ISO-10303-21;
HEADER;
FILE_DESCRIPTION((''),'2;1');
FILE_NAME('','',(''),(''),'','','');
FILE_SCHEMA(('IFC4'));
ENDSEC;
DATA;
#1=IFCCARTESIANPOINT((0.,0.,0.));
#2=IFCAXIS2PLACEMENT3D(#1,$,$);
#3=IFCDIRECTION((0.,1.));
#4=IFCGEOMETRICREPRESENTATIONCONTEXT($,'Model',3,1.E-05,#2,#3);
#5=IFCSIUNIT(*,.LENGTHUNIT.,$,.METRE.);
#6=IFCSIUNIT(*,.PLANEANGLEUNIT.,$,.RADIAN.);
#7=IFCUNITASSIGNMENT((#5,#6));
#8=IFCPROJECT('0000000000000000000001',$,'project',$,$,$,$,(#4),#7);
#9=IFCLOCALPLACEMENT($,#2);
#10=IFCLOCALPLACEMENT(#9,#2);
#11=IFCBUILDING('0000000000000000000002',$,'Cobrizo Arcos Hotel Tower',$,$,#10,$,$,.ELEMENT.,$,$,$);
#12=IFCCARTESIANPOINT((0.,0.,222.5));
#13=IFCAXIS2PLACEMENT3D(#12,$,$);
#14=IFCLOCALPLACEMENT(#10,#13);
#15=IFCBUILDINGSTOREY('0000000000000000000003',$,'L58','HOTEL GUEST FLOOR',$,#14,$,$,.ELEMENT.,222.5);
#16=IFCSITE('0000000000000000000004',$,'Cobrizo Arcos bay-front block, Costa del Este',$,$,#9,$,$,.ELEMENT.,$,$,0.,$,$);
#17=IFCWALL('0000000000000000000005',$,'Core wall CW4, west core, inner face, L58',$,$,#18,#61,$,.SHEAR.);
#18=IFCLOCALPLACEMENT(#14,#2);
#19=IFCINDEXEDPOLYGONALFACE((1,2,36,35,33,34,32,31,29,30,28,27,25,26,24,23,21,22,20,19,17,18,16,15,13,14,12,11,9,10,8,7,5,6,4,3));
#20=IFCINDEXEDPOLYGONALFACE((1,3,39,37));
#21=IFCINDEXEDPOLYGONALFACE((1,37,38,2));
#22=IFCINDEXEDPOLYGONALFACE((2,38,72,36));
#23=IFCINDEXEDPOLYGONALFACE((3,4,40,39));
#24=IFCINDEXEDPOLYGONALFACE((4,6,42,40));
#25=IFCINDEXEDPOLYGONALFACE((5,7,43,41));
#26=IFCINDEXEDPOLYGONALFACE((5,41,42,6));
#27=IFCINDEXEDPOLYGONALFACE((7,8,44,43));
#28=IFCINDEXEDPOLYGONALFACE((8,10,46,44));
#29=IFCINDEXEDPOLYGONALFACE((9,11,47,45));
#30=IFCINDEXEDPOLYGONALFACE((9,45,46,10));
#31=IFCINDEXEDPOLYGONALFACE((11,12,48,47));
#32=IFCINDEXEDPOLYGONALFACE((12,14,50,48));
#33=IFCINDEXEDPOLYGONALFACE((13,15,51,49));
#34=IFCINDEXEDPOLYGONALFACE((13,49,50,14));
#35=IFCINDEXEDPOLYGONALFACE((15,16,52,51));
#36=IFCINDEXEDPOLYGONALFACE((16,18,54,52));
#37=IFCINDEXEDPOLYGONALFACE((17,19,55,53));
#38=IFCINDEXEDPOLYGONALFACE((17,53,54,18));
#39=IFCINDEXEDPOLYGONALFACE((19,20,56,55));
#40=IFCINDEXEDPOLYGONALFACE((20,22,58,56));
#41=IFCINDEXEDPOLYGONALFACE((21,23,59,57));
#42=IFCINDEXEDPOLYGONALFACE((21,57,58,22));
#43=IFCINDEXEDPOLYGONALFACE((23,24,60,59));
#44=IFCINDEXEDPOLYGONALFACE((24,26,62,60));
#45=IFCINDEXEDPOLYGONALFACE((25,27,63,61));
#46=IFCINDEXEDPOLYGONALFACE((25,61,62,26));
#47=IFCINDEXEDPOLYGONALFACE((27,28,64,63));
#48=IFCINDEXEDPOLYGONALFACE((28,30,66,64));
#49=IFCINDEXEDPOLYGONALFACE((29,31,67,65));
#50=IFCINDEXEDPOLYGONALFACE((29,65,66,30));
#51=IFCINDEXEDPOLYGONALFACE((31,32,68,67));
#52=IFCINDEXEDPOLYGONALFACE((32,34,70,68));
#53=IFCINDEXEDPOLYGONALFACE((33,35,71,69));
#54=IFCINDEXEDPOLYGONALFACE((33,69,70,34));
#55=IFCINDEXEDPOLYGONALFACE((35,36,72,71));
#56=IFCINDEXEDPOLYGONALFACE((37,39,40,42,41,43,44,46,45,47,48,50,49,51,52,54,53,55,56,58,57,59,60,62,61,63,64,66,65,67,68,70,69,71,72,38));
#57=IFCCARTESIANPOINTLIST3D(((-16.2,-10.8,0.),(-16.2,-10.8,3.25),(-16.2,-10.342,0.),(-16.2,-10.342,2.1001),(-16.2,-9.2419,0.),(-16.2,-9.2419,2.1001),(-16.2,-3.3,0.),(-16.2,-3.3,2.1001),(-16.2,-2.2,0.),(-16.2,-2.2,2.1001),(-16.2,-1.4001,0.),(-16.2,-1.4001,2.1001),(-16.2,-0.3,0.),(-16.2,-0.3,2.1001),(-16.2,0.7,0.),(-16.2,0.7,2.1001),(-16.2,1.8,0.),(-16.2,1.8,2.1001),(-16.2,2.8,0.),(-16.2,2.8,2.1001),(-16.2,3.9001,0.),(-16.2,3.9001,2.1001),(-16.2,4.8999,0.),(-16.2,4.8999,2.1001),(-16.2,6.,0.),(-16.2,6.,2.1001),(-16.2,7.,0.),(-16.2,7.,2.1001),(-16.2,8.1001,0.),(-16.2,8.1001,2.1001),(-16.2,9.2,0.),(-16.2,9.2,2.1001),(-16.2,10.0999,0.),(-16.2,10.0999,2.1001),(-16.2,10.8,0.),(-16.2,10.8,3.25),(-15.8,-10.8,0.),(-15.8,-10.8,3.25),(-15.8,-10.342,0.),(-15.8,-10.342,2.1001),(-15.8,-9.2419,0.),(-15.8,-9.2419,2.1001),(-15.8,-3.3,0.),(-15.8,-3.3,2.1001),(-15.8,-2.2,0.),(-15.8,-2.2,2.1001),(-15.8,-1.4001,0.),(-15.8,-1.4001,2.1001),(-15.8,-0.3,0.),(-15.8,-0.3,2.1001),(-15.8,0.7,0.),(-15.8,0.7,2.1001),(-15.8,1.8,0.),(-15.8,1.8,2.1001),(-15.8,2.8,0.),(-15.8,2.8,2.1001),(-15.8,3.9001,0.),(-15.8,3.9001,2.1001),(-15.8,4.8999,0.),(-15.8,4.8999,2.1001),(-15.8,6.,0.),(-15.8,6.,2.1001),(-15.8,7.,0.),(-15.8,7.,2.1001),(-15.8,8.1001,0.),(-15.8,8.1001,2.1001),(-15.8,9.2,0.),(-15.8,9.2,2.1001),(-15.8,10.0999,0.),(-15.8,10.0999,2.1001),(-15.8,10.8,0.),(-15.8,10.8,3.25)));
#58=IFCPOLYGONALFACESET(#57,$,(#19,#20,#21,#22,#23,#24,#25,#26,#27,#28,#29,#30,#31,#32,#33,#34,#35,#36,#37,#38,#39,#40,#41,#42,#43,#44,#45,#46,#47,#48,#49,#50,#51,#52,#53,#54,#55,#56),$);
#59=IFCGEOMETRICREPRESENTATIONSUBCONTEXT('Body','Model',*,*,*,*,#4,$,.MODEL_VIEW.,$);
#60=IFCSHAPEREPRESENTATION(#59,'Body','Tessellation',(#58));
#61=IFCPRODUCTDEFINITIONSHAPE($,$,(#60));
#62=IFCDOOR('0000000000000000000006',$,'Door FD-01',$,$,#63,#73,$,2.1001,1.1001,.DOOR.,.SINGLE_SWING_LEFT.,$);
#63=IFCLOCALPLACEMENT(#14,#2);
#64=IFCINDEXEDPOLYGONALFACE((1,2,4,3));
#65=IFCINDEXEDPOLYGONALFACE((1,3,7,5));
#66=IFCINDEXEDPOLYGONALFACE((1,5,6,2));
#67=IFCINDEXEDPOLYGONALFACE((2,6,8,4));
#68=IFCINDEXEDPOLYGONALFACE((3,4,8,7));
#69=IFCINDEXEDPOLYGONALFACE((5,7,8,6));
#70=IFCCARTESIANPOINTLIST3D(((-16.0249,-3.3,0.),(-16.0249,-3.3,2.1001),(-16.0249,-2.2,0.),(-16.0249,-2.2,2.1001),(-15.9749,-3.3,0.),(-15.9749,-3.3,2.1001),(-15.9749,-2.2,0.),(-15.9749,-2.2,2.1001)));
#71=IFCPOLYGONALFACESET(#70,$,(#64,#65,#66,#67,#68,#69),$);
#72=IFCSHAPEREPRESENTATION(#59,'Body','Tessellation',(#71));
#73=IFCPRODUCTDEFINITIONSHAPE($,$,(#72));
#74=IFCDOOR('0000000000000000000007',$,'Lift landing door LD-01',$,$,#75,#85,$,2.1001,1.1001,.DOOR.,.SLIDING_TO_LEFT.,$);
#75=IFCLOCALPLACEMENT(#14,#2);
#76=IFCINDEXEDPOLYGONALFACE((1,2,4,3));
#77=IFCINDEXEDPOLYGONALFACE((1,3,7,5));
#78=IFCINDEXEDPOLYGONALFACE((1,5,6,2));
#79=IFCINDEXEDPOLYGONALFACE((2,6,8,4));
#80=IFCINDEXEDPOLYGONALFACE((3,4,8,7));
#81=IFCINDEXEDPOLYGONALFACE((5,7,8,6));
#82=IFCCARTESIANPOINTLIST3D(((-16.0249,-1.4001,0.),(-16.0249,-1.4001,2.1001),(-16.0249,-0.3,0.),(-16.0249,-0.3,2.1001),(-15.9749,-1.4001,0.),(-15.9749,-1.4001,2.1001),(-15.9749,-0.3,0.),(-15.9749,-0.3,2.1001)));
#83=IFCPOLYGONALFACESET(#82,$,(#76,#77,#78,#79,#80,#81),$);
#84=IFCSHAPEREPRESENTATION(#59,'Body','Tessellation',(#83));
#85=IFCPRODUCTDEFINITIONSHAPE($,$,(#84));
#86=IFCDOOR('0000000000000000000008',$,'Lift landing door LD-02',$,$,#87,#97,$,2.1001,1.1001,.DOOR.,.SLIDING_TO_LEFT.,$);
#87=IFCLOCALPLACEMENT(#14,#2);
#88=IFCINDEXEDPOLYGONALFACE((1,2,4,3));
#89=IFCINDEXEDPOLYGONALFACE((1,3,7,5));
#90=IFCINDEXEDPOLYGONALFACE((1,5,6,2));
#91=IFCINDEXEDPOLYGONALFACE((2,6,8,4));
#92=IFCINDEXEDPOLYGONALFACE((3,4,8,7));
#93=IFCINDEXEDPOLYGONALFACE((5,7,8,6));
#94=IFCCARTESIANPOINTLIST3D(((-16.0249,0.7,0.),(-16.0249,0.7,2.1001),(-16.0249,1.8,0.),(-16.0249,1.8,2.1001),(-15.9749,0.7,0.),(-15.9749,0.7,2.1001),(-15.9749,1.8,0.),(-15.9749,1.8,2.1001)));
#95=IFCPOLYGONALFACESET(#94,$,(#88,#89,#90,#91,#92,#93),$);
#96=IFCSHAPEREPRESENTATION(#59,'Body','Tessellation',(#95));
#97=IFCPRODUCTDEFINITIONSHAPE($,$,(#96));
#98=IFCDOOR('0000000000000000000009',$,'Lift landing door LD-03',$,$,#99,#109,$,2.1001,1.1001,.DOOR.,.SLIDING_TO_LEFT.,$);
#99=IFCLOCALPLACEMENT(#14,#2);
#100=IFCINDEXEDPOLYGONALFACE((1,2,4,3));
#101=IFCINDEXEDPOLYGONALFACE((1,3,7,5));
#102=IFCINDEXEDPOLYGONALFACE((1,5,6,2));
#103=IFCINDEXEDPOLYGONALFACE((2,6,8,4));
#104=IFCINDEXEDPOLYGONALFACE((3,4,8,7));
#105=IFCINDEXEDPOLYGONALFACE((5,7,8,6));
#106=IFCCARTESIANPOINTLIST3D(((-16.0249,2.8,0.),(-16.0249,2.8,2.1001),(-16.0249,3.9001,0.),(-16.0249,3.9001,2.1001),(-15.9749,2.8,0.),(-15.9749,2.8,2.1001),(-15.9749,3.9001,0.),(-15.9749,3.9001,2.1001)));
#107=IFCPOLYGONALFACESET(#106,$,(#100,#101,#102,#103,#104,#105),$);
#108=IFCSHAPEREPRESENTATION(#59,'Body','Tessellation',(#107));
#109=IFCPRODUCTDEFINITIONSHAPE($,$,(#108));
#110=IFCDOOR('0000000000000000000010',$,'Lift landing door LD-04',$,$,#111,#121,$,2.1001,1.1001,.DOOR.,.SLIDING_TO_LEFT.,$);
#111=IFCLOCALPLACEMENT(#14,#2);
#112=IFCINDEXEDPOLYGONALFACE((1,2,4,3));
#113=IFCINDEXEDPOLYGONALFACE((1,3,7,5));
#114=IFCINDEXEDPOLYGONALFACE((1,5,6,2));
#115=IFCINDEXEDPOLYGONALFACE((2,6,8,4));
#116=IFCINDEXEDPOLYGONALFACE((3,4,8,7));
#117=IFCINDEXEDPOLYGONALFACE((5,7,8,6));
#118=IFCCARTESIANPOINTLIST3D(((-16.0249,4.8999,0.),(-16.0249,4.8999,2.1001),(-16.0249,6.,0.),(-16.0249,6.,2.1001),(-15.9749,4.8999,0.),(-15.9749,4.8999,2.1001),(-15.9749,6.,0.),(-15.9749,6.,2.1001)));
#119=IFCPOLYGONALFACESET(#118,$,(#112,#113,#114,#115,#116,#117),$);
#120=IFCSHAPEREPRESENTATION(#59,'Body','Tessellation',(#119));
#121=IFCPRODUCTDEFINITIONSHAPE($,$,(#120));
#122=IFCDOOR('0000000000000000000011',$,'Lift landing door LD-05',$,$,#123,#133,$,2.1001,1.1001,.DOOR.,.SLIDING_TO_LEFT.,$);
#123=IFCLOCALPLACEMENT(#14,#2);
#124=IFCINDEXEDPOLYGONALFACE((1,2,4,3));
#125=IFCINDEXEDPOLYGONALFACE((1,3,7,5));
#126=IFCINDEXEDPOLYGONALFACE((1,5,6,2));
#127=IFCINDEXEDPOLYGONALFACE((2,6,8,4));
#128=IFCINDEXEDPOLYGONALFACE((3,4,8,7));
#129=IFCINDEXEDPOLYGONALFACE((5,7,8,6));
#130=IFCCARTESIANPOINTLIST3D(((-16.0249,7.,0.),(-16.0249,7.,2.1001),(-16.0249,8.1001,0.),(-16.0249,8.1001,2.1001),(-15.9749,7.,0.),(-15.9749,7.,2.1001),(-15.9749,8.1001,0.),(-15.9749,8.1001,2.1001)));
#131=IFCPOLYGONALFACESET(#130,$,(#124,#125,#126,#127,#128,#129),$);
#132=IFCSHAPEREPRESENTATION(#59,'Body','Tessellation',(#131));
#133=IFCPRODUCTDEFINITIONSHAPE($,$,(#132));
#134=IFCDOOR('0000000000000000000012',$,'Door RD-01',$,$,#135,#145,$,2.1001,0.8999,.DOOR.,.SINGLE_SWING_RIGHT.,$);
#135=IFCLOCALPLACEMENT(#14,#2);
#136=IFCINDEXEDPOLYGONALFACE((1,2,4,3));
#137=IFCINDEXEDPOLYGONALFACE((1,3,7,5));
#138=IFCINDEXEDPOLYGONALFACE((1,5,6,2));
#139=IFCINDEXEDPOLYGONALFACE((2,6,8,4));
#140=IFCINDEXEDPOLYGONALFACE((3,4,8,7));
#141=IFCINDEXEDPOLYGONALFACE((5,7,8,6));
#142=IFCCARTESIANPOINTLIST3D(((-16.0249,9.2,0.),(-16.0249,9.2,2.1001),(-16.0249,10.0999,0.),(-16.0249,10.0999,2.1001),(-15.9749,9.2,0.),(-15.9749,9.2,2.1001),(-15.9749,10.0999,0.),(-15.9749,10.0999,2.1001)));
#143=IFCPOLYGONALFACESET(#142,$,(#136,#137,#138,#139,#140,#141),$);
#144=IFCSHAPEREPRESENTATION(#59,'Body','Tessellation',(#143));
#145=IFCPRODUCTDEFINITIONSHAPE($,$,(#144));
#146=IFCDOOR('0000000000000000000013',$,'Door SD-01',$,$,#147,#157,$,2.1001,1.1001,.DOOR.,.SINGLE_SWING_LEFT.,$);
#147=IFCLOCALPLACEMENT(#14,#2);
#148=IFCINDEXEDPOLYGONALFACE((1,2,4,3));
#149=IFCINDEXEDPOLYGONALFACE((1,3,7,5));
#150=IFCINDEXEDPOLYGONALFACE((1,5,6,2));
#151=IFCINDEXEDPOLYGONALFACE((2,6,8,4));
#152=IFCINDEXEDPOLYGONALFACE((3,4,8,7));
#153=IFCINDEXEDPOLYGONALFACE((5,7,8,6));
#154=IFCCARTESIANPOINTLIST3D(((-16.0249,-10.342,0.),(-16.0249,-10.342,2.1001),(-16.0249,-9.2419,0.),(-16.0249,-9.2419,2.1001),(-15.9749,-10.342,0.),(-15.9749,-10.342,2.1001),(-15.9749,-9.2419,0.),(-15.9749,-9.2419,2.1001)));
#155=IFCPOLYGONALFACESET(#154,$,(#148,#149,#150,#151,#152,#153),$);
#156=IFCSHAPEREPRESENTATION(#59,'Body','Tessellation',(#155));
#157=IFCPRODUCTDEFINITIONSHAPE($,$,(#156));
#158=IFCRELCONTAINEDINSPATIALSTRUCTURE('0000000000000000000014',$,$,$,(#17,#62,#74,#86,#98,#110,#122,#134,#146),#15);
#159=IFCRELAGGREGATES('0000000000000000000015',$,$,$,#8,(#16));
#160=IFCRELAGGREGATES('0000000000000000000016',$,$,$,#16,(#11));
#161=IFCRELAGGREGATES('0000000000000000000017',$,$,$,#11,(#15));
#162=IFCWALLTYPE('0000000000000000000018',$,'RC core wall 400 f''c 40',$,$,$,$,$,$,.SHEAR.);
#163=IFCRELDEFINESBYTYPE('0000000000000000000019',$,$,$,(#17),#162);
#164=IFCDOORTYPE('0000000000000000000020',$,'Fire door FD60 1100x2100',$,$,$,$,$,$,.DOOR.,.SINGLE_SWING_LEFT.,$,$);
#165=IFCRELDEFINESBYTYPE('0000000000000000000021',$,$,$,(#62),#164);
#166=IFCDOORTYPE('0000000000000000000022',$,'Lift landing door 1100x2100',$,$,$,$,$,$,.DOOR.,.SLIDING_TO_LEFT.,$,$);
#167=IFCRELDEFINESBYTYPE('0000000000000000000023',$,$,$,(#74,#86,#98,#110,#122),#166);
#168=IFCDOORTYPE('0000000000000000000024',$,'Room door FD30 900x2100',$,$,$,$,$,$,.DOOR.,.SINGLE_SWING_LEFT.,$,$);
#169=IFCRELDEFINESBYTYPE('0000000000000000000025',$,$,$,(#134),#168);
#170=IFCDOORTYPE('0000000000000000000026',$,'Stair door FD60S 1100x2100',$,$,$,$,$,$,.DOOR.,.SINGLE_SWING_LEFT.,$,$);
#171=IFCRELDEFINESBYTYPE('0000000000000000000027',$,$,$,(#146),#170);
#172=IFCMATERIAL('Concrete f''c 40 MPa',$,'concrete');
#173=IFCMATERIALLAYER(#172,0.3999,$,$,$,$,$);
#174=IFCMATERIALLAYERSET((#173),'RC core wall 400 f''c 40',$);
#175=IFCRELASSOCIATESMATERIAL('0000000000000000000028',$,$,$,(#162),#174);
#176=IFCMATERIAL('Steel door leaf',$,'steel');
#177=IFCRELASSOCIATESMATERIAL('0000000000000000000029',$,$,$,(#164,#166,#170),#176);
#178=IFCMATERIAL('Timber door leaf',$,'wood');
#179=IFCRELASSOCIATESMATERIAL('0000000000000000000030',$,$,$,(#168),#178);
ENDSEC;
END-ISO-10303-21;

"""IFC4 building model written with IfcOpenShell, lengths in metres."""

from ifc_helpers import new_model, si_unit, direction, frame, frame_2d, origin, place, context, subcontext, project, spatial, rectangle, extrude, material, layer, layer_set, type_object, element, fill, save


model = new_model("IFC4")

# Units and contexts
model_context = context("Model", 3, precision=1e-05, world=origin(), true_north=direction((0.0, 1.0)))
body_context = subcontext(model_context, "Body", "Model", "MODEL_VIEW")
ifc_project = project(units=[si_unit("LENGTHUNIT", "METRE"), si_unit("PLANEANGLEUNIT", "RADIAN")], contexts=[model_context])

# Site, building, storey
site_placement = place(None, origin())
site = spatial("IfcSite", under=ifc_project, at=site_placement, Name="Cobrizo Arcos bay-front block, Costa del Este", CompositionType="ELEMENT", RefElevation=0.0)
building_placement = place(site_placement, origin())
building = spatial("IfcBuilding", under=site, at=building_placement, Name="Cobrizo Arcos Hotel Tower", CompositionType="ELEMENT")
storey_placement = place(building_placement, frame((0.0, 0.0, 222.5)))
storey = spatial("IfcBuildingStorey", under=building, at=storey_placement, Name="L58", Description="HOTEL GUEST FLOOR", CompositionType="ELEMENT", Elevation=222.5)

# Shared definitions
ifc_material_1 = material(Name="Timber door leaf", Category="wood")

# Wall, openings, doors
ifc_material_2 = material(Name="Concrete f'c 40 MPa", Category="concrete")
ifc_layer_1 = layer(ifc_material_2, 0.3999)
ifc_layer_set_1 = layer_set([ifc_layer_1], Name="RC core wall 400 f'c 40")
wall_type_1 = type_object("IfcWallType", Name="RC core wall 400 f'c 40", PredefinedType="SHEAR", material=ifc_layer_set_1)
wall_1_placement = place(storey_placement, frame((-16.0, -10.8, 0.0), z_axis=(0.0, 0.0, 1.0), x_axis=(0.0, 1.0, 0.0)))
wall_1 = element("IfcWall", 1, at=wall_1_placement, inside=storey, type_object=wall_type_1, Name="Core wall CW4, west core, inner face, L58", PredefinedType="SHEAR", context=body_context, shape_type="SweptSolid", body=[
    extrude(rectangle(XDim=21.6001, YDim=0.3999, at=frame_2d((10.8, 0.0))), origin(), (0.0, 0.0, 1.0), 3.25),
])
opening_1_placement = place(wall_1_placement, frame((9.3999, 0.0, 0.0)))
opening_1 = element("IfcOpeningElement", 2, at=opening_1_placement, cuts=wall_1, PredefinedType="OPENING", context=body_context, shape_type="SweptSolid", body=[
    extrude(rectangle(XDim=1.1001, YDim=2.1001, at=frame_2d((0.55, 1.05))), frame((0.0, 0.2119, 0.0), z_axis=(0.0, -1.0, 0.0), x_axis=(1.0, 0.0, 0.0)), (0.0, 0.0, 1.0), 0.4238),
])
opening_2_placement = place(wall_1_placement, frame((11.5, 0.0, 0.0)))
opening_2 = element("IfcOpeningElement", 3, at=opening_2_placement, cuts=wall_1, PredefinedType="OPENING", context=body_context, shape_type="SweptSolid", body=[
    extrude(rectangle(XDim=1.1001, YDim=2.1001, at=frame_2d((0.55, 1.05))), frame((0.0, 0.2119, 0.0), z_axis=(0.0, -1.0, 0.0), x_axis=(1.0, 0.0, 0.0)), (0.0, 0.0, 1.0), 0.4238),
])
opening_3_placement = place(wall_1_placement, frame((13.6001, 0.0, 0.0)))
opening_3 = element("IfcOpeningElement", 4, at=opening_3_placement, cuts=wall_1, PredefinedType="OPENING", context=body_context, shape_type="SweptSolid", body=[
    extrude(rectangle(XDim=1.1001, YDim=2.1001, at=frame_2d((0.55, 1.05))), frame((0.0, 0.2119, 0.0), z_axis=(0.0, -1.0, 0.0), x_axis=(1.0, 0.0, 0.0)), (0.0, 0.0, 1.0), 0.4238),
])
opening_4_placement = place(wall_1_placement, frame((15.7, 0.0, 0.0)))
opening_4 = element("IfcOpeningElement", 5, at=opening_4_placement, cuts=wall_1, PredefinedType="OPENING", context=body_context, shape_type="SweptSolid", body=[
    extrude(rectangle(XDim=1.1001, YDim=2.1001, at=frame_2d((0.55, 1.05))), frame((0.0, 0.2119, 0.0), z_axis=(0.0, -1.0, 0.0), x_axis=(1.0, 0.0, 0.0)), (0.0, 0.0, 1.0), 0.4238),
])
opening_5_placement = place(wall_1_placement, frame((17.8, 0.0, 0.0)))
opening_5 = element("IfcOpeningElement", 6, at=opening_5_placement, cuts=wall_1, PredefinedType="OPENING", context=body_context, shape_type="SweptSolid", body=[
    extrude(rectangle(XDim=1.1001, YDim=2.1001, at=frame_2d((0.55, 1.05))), frame((0.0, 0.2119, 0.0), z_axis=(0.0, -1.0, 0.0), x_axis=(1.0, 0.0, 0.0)), (0.0, 0.0, 1.0), 0.4238),
])
opening_6_placement = place(wall_1_placement, frame((0.458, 0.0, 0.0)))
opening_6 = element("IfcOpeningElement", 7, at=opening_6_placement, cuts=wall_1, PredefinedType="OPENING", context=body_context, shape_type="SweptSolid", body=[
    extrude(rectangle(XDim=1.1001, YDim=2.1001, at=frame_2d((0.55, 1.05))), frame((0.0, 0.2119, 0.0), z_axis=(0.0, -1.0, 0.0), x_axis=(1.0, 0.0, 0.0)), (0.0, 0.0, 1.0), 0.4238),
])
opening_7_placement = place(wall_1_placement, frame((7.5, 0.0, 0.0)))
opening_7 = element("IfcOpeningElement", 8, at=opening_7_placement, cuts=wall_1, PredefinedType="OPENING", context=body_context, shape_type="SweptSolid", body=[
    extrude(rectangle(XDim=1.1001, YDim=2.1001, at=frame_2d((0.55, 1.05))), frame((0.0, 0.2119, 0.0), z_axis=(0.0, -1.0, 0.0), x_axis=(1.0, 0.0, 0.0)), (0.0, 0.0, 1.0), 0.4238),
])
opening_8_placement = place(wall_1_placement, frame((20.0, 0.0, 0.0)))
opening_8 = element("IfcOpeningElement", 9, at=opening_8_placement, cuts=wall_1, PredefinedType="OPENING", context=body_context, shape_type="SweptSolid", body=[
    extrude(rectangle(XDim=0.8999, YDim=2.1001, at=frame_2d((0.45, 1.05))), frame((0.0, 0.2119, 0.0), z_axis=(0.0, -1.0, 0.0), x_axis=(1.0, 0.0, 0.0)), (0.0, 0.0, 1.0), 0.4238),
])
ifc_material_3 = material(Name="Steel door leaf", Category="steel")
door_type_1 = type_object("IfcDoorType", Name="Fire door FD60 1100x2100", OperationType="SINGLE_SWING_LEFT", PredefinedType="DOOR", material=ifc_material_3)
door_1_placement = place(opening_7_placement, origin())
door_1 = element("IfcDoor", 10, at=door_1_placement, inside=storey, type_object=door_type_1, Name="Door FD-01", OperationType="SINGLE_SWING_LEFT", OverallHeight=2.1001, OverallWidth=1.1001, PredefinedType="DOOR", context=body_context, shape_type="SweptSolid", body=[
    extrude(rectangle(XDim=1.1001, YDim=2.1001, at=frame_2d((0.55, 1.05))), frame((0.0, 0.0249, 0.0), z_axis=(0.0, -1.0, 0.0), x_axis=(1.0, 0.0, 0.0)), (0.0, 0.0, 1.0), 0.05),
])
fill(opening_7, door_1)
door_type_2 = type_object("IfcDoorType", Name="Lift landing door 1100x2100", OperationType="SLIDING_TO_LEFT", PredefinedType="DOOR", material=ifc_material_3)
door_2_placement = place(opening_1_placement, origin())
door_2 = element("IfcDoor", 11, at=door_2_placement, inside=storey, type_object=door_type_2, Name="Lift landing door LD-01", OperationType="SLIDING_TO_LEFT", OverallHeight=2.1001, OverallWidth=1.1001, PredefinedType="DOOR", context=body_context, shape_type="SweptSolid", body=[
    extrude(rectangle(XDim=1.1001, YDim=2.1001, at=frame_2d((0.55, 1.05))), frame((0.0, 0.0249, 0.0), z_axis=(0.0, -1.0, 0.0), x_axis=(1.0, 0.0, 0.0)), (0.0, 0.0, 1.0), 0.05),
])
fill(opening_1, door_2)
door_3_placement = place(opening_2_placement, origin())
door_3 = element("IfcDoor", 12, at=door_3_placement, inside=storey, type_object=door_type_2, Name="Lift landing door LD-02", OperationType="SLIDING_TO_LEFT", OverallHeight=2.1001, OverallWidth=1.1001, PredefinedType="DOOR", context=body_context, shape_type="SweptSolid", body=[
    extrude(rectangle(XDim=1.1001, YDim=2.1001, at=frame_2d((0.55, 1.05))), frame((0.0, 0.0249, 0.0), z_axis=(0.0, -1.0, 0.0), x_axis=(1.0, 0.0, 0.0)), (0.0, 0.0, 1.0), 0.05),
])
fill(opening_2, door_3)
door_4_placement = place(opening_3_placement, origin())
door_4 = element("IfcDoor", 13, at=door_4_placement, inside=storey, type_object=door_type_2, Name="Lift landing door LD-03", OperationType="SLIDING_TO_LEFT", OverallHeight=2.1001, OverallWidth=1.1001, PredefinedType="DOOR", context=body_context, shape_type="SweptSolid", body=[
    extrude(rectangle(XDim=1.1001, YDim=2.1001, at=frame_2d((0.55, 1.05))), frame((0.0, 0.0249, 0.0), z_axis=(0.0, -1.0, 0.0), x_axis=(1.0, 0.0, 0.0)), (0.0, 0.0, 1.0), 0.05),
])
fill(opening_3, door_4)
door_5_placement = place(opening_4_placement, origin())
door_5 = element("IfcDoor", 14, at=door_5_placement, inside=storey, type_object=door_type_2, Name="Lift landing door LD-04", OperationType="SLIDING_TO_LEFT", OverallHeight=2.1001, OverallWidth=1.1001, PredefinedType="DOOR", context=body_context, shape_type="SweptSolid", body=[
    extrude(rectangle(XDim=1.1001, YDim=2.1001, at=frame_2d((0.55, 1.05))), frame((0.0, 0.0249, 0.0), z_axis=(0.0, -1.0, 0.0), x_axis=(1.0, 0.0, 0.0)), (0.0, 0.0, 1.0), 0.05),
])
fill(opening_4, door_5)
door_6_placement = place(opening_5_placement, origin())
door_6 = element("IfcDoor", 15, at=door_6_placement, inside=storey, type_object=door_type_2, Name="Lift landing door LD-05", OperationType="SLIDING_TO_LEFT", OverallHeight=2.1001, OverallWidth=1.1001, PredefinedType="DOOR", context=body_context, shape_type="SweptSolid", body=[
    extrude(rectangle(XDim=1.1001, YDim=2.1001, at=frame_2d((0.55, 1.05))), frame((0.0, 0.0249, 0.0), z_axis=(0.0, -1.0, 0.0), x_axis=(1.0, 0.0, 0.0)), (0.0, 0.0, 1.0), 0.05),
])
fill(opening_5, door_6)
door_type_3 = type_object("IfcDoorType", Name="Room door FD30 900x2100", OperationType="SINGLE_SWING_LEFT", PredefinedType="DOOR", material=ifc_material_1)
door_7_placement = place(opening_8_placement, origin())
door_7 = element("IfcDoor", 16, at=door_7_placement, inside=storey, type_object=door_type_3, Name="Door RD-01", OperationType="SINGLE_SWING_RIGHT", OverallHeight=2.1001, OverallWidth=0.8999, PredefinedType="DOOR", context=body_context, shape_type="SweptSolid", body=[
    extrude(rectangle(XDim=0.8999, YDim=2.1001, at=frame_2d((0.45, 1.05))), frame((0.0, 0.0249, 0.0), z_axis=(0.0, -1.0, 0.0), x_axis=(1.0, 0.0, 0.0)), (0.0, 0.0, 1.0), 0.05),
])
fill(opening_8, door_7)
door_type_4 = type_object("IfcDoorType", Name="Stair door FD60S 1100x2100", OperationType="SINGLE_SWING_LEFT", PredefinedType="DOOR", material=ifc_material_3)
door_8_placement = place(opening_6_placement, origin())
door_8 = element("IfcDoor", 17, at=door_8_placement, inside=storey, type_object=door_type_4, Name="Door SD-01", OperationType="SINGLE_SWING_LEFT", OverallHeight=2.1001, OverallWidth=1.1001, PredefinedType="DOOR", context=body_context, shape_type="SweptSolid", body=[
    extrude(rectangle(XDim=1.1001, YDim=2.1001, at=frame_2d((0.55, 1.05))), frame((0.0, 0.0249, 0.0), z_axis=(0.0, -1.0, 0.0), x_axis=(1.0, 0.0, 0.0)), (0.0, 0.0, 1.0), 0.05),
])
fill(opening_6, door_8)

save(model, "model.ifc")
